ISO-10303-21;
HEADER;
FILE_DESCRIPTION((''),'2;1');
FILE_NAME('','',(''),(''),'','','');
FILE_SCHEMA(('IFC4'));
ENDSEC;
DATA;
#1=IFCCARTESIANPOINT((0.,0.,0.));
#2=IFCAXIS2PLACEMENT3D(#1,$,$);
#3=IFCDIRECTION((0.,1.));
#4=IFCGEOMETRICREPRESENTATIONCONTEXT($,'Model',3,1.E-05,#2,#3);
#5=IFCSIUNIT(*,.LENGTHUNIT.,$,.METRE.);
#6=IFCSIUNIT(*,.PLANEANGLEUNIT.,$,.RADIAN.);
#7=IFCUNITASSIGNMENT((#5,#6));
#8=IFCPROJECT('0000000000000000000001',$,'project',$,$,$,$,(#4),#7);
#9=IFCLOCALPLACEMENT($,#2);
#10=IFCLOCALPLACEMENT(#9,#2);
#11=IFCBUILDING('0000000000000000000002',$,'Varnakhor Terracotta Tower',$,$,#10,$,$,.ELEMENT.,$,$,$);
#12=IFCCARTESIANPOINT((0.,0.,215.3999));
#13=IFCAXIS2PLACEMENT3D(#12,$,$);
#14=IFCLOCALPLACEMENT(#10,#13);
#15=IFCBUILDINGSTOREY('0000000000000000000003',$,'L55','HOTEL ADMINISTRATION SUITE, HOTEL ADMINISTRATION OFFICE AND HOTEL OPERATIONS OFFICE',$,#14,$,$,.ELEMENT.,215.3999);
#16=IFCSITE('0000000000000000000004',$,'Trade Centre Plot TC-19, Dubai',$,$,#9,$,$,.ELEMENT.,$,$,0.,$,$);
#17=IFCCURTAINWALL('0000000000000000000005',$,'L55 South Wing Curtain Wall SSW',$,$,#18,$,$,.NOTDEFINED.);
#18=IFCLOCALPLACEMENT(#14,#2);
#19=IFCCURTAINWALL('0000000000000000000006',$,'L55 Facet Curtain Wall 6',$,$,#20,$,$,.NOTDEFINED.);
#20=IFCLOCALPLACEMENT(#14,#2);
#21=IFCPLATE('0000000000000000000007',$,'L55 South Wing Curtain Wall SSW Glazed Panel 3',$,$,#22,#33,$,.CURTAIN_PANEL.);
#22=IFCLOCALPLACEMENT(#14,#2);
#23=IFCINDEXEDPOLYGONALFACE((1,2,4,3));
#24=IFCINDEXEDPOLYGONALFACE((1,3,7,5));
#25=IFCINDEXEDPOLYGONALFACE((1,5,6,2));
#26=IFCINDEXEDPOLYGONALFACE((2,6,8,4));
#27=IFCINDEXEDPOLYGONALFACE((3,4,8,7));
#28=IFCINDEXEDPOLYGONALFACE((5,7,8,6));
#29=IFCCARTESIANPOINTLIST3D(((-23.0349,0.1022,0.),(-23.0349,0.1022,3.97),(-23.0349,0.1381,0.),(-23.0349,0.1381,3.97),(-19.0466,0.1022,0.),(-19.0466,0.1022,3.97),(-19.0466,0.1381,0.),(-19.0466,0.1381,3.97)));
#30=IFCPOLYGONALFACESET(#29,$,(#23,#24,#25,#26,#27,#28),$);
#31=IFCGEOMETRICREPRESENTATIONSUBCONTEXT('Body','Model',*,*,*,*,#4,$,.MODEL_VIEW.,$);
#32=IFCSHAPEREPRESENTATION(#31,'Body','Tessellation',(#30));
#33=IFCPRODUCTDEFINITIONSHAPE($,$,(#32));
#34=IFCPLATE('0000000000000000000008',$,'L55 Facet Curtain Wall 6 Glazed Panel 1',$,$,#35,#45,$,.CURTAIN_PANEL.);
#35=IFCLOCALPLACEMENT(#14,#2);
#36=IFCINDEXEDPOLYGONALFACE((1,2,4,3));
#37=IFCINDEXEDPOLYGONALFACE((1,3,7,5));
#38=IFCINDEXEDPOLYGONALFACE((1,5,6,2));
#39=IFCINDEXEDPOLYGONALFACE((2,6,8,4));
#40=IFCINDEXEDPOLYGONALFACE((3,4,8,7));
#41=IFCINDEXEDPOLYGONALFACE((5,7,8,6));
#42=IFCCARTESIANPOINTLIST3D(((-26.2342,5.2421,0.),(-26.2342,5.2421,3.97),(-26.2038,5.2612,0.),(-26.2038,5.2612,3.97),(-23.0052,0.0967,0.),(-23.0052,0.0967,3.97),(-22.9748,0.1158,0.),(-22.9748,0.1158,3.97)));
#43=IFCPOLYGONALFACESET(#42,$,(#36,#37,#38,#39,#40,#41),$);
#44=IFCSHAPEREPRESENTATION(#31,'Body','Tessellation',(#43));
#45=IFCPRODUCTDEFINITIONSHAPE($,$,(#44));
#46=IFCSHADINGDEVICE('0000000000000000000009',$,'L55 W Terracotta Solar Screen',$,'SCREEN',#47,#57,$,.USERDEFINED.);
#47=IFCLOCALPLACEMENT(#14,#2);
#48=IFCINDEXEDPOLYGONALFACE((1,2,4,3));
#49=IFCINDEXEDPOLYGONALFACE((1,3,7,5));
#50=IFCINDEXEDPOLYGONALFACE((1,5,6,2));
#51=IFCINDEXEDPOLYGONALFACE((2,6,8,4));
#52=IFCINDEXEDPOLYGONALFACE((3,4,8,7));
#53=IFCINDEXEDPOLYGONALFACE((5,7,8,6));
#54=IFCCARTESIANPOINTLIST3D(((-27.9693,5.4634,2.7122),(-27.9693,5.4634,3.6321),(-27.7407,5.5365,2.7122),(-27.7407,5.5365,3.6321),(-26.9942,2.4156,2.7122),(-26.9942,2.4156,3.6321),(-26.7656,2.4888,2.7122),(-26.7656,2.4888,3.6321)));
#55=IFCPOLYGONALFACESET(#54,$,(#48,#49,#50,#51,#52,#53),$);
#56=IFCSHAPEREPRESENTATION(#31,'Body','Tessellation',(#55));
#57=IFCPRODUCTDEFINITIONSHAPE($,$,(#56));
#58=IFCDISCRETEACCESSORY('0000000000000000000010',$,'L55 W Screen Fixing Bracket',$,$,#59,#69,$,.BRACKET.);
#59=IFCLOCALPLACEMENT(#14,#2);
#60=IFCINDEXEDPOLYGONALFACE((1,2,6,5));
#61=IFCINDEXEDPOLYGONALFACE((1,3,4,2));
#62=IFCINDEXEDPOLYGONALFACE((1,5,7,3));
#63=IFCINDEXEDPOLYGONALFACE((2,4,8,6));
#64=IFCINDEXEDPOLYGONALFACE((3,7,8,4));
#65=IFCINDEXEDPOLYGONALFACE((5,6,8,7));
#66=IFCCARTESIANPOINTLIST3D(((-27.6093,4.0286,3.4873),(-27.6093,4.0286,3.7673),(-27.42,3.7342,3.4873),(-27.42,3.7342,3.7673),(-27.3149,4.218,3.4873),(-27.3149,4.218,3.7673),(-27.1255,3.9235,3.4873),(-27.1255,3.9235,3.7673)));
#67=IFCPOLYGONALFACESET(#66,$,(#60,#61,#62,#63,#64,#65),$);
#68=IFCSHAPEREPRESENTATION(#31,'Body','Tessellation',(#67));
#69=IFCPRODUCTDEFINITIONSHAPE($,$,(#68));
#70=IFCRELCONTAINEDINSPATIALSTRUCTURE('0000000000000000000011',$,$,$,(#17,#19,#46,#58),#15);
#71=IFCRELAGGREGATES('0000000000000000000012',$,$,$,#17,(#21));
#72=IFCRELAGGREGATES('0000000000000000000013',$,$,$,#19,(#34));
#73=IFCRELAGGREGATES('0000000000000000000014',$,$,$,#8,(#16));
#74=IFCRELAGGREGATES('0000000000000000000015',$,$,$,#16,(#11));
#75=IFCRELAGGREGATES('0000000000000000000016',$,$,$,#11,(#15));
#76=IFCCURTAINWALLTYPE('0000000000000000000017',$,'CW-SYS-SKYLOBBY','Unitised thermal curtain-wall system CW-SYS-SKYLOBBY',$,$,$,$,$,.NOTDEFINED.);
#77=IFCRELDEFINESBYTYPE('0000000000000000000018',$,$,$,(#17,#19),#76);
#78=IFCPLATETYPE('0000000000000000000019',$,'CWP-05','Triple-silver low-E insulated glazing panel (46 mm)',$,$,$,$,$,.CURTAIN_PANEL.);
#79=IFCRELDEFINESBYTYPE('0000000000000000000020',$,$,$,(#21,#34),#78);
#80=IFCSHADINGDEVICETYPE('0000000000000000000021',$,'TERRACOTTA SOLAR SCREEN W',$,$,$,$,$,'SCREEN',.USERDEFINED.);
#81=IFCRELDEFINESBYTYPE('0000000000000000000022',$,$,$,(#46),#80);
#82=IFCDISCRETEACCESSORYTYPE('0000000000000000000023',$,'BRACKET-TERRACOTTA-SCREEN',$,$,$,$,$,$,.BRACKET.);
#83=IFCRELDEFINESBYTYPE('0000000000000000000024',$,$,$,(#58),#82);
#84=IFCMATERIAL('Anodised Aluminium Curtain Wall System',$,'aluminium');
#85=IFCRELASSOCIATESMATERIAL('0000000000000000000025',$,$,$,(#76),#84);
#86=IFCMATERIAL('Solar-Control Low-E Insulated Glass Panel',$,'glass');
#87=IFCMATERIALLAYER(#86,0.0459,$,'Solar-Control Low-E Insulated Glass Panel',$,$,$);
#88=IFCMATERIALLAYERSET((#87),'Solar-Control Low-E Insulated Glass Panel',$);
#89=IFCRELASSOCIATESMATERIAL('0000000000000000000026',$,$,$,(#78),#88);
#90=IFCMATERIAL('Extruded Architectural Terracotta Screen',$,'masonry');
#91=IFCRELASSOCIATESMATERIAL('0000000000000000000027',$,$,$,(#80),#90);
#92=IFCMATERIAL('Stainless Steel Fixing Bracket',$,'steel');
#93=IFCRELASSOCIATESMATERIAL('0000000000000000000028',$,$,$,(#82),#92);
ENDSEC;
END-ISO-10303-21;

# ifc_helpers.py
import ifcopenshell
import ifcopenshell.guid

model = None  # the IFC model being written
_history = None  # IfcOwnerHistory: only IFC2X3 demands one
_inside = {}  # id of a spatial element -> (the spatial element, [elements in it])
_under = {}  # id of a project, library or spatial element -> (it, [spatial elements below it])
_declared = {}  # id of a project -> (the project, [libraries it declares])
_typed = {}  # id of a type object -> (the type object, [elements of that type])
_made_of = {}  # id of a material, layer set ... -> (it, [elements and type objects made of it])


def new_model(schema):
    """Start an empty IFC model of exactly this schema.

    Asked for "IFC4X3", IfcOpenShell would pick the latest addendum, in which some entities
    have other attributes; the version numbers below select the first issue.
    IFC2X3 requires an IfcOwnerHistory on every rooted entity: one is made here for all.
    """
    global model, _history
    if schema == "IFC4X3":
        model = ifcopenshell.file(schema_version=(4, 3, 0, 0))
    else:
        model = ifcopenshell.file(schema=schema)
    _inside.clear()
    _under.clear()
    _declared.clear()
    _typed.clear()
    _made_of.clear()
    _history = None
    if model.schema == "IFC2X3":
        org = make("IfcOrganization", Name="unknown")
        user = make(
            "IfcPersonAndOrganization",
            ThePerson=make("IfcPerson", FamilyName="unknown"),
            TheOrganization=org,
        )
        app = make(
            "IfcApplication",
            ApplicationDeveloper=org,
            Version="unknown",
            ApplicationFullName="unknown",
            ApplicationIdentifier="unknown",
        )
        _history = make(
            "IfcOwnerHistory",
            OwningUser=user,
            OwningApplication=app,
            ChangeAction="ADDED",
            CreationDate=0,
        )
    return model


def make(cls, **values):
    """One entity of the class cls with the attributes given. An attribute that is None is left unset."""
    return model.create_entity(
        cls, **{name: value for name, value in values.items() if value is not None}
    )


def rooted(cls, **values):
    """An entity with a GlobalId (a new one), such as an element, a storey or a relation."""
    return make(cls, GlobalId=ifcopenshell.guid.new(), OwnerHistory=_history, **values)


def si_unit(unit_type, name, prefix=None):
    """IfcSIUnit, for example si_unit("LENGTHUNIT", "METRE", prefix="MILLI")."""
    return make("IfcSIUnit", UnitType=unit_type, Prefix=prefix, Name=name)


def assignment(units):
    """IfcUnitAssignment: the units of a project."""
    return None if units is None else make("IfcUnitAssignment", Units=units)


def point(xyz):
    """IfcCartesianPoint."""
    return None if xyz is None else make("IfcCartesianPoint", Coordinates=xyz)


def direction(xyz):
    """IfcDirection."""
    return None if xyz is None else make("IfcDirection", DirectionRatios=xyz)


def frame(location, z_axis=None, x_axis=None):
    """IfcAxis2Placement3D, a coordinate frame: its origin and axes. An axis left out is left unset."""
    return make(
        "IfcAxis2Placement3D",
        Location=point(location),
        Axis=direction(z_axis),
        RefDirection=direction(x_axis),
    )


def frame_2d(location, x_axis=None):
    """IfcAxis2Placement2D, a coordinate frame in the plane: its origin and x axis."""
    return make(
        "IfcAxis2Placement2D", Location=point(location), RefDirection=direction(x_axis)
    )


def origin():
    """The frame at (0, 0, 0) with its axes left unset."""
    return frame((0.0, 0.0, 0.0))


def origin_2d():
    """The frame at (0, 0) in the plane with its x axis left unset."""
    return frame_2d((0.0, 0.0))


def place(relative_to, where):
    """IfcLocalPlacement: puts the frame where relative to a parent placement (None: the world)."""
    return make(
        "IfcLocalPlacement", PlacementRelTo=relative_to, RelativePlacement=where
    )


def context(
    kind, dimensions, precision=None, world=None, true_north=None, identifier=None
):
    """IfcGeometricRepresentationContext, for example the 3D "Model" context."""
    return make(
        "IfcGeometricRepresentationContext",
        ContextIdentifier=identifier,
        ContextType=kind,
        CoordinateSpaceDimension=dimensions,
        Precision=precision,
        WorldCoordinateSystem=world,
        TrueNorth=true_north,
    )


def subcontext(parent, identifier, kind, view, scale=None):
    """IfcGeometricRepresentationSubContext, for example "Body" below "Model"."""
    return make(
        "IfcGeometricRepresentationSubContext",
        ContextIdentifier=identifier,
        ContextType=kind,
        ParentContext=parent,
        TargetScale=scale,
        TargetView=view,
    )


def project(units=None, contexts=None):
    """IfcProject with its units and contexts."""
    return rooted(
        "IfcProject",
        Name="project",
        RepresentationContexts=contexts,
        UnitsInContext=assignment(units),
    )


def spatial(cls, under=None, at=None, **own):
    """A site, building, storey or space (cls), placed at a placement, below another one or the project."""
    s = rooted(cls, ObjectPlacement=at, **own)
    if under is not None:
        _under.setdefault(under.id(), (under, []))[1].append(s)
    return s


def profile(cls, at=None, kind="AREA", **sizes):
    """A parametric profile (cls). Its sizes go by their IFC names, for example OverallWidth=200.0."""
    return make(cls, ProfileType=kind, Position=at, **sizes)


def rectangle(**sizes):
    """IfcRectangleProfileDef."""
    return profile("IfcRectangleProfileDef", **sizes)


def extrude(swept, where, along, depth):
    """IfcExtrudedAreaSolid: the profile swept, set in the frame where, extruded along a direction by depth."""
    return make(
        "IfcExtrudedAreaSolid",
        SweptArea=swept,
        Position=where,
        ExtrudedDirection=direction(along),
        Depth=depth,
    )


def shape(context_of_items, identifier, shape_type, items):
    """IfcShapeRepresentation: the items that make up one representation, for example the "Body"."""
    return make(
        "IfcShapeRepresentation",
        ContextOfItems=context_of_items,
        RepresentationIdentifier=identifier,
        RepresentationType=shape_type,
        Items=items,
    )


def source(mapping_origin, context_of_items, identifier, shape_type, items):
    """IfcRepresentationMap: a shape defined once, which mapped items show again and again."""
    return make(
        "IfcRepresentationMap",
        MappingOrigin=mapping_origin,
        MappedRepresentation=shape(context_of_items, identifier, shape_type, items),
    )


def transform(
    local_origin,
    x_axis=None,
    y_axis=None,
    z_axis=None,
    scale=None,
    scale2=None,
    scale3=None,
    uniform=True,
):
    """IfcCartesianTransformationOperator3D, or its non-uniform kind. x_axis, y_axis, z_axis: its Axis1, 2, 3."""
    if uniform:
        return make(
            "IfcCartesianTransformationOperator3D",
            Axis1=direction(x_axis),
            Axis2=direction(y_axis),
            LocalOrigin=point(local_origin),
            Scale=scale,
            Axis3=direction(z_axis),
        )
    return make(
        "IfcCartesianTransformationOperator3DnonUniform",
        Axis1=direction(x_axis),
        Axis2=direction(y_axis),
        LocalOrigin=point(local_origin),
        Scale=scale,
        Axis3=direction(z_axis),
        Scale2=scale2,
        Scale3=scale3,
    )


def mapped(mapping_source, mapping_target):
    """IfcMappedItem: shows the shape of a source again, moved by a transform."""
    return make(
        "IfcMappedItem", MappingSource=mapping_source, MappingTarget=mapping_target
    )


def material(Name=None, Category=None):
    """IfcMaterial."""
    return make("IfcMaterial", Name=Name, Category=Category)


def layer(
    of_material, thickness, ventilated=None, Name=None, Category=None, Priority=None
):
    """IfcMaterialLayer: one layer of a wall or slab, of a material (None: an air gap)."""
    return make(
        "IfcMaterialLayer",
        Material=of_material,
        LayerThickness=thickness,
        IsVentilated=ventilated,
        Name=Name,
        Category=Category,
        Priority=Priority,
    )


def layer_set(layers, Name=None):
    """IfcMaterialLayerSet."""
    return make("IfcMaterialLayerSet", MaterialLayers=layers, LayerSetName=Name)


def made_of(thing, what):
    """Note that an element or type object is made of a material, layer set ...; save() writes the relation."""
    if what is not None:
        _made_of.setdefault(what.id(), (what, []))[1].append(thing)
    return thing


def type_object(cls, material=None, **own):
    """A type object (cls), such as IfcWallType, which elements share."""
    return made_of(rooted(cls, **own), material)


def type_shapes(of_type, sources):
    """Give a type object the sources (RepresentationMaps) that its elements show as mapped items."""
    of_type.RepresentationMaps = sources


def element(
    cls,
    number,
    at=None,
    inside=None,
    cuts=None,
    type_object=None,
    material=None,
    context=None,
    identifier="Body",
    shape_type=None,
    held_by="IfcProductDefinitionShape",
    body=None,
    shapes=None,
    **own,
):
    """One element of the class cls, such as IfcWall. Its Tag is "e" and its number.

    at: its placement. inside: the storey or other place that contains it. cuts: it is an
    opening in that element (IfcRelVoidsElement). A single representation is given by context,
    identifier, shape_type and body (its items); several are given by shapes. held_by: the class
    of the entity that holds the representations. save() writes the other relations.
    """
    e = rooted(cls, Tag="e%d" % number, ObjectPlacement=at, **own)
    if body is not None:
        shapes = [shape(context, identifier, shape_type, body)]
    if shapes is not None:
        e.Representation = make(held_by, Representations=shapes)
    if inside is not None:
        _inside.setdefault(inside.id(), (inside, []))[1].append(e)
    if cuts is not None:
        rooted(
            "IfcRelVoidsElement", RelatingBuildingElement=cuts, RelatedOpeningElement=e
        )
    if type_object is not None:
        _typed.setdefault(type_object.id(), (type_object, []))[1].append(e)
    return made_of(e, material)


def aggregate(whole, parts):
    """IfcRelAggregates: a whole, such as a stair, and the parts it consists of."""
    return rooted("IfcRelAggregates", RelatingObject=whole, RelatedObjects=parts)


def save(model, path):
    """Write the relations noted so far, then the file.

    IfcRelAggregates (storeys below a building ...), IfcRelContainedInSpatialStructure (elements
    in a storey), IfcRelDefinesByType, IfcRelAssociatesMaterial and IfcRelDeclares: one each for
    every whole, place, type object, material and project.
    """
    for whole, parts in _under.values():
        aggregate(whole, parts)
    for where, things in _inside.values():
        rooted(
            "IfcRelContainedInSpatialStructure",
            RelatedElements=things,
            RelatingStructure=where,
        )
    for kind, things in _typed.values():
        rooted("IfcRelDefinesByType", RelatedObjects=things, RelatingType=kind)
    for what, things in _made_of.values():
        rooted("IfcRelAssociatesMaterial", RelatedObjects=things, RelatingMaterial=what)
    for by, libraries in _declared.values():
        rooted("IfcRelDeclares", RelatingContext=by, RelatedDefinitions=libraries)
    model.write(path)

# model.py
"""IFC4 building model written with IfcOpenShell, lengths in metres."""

from ifc_helpers import new_model, si_unit, direction, frame, origin, origin_2d, place, context, subcontext, project, spatial, rectangle, extrude, source, transform, mapped, material, layer, layer_set, type_object, type_shapes, element, aggregate, save


model = new_model("IFC4")

# Units and contexts
model_context = context("Model", 3, precision=1e-05, world=origin(), true_north=direction((0.0, 1.0)))
body_context = subcontext(model_context, "Body", "Model", "MODEL_VIEW")
ifc_project = project(units=[si_unit("LENGTHUNIT", "METRE"), si_unit("PLANEANGLEUNIT", "RADIAN")], contexts=[model_context])

# Site, building, storey
site_placement = place(None, origin())
site = spatial("IfcSite", under=ifc_project, at=site_placement, Name="Trade Centre Plot TC-19, Dubai", CompositionType="ELEMENT", RefElevation=0.0)
building_placement = place(site_placement, origin())
building = spatial("IfcBuilding", under=site, at=building_placement, Name="Varnakhor Terracotta Tower", CompositionType="ELEMENT")
storey_placement = place(building_placement, frame((0.0, 0.0, 215.3999)))
storey = spatial("IfcBuildingStorey", under=building, at=storey_placement, Name="L55", Description="HOTEL ADMINISTRATION SUITE, HOTEL ADMINISTRATION OFFICE AND HOTEL OPERATIONS OFFICE", CompositionType="ELEMENT", Elevation=215.3999)

# Curtain wall
ifc_material_1 = material(Name="Anodised Aluminium Curtain Wall System", Category="aluminium")
curtain_wall_type = type_object("IfcCurtainWallType", Name="CW-SYS-SKYLOBBY", Description="Unitised thermal curtain-wall system CW-SYS-SKYLOBBY", PredefinedType="NOTDEFINED", material=ifc_material_1)
curtain_wall_1_placement = place(storey_placement, origin())
curtain_wall_1 = element("IfcCurtainWall", 1, at=curtain_wall_1_placement, inside=storey, type_object=curtain_wall_type, Name="L55 South Wing Curtain Wall SSW", PredefinedType="NOTDEFINED")

# Curtain wall
curtain_wall_2_placement = place(storey_placement, origin())
curtain_wall_2 = element("IfcCurtainWall", 2, at=curtain_wall_2_placement, inside=storey, type_object=curtain_wall_type, Name="L55 Facet Curtain Wall 6", PredefinedType="NOTDEFINED")

# Plates
ifc_material_2 = material(Name="Solar-Control Low-E Insulated Glass Panel", Category="glass")
ifc_layer = layer(ifc_material_2, 0.0459, Name="Solar-Control Low-E Insulated Glass Panel")
ifc_layer_set = layer_set([ifc_layer], Name="Solar-Control Low-E Insulated Glass Panel")
plate_type = type_object("IfcPlateType", Name="CWP-05", Description="Triple-silver low-E insulated glazing panel (46 mm)", PredefinedType="CURTAIN_PANEL", material=ifc_layer_set)
shared_shape_1 = source(origin(), body_context, "Body", "SweptSolid", [
    extrude(rectangle(XDim=3.9883, YDim=0.0359, at=origin_2d()), origin(), (0.0, 0.0, 1.0), 3.97),
])
plate_1_placement = place(storey_placement, frame((-21.0408, 0.1201, 0.0), z_axis=(0.0, 0.0, 1.0), x_axis=(-1.0, 0.0, 0.0)))
plate_1 = element("IfcPlate", 3, at=plate_1_placement, type_object=plate_type, Name="L55 South Wing Curtain Wall SSW Glazed Panel 3", PredefinedType="CURTAIN_PANEL", context=body_context, shape_type="MappedRepresentation", body=[
    mapped(shared_shape_1, transform((0.0, 0.0, 0.0), scale=1.0)),
])
aggregate(curtain_wall_1, [plate_1])
shared_shape_2 = source(origin(), body_context, "Body", "SweptSolid", [
    extrude(rectangle(XDim=6.0747, YDim=0.0359, at=origin_2d()), origin(), (0.0, 0.0, 1.0), 3.97),
])
plate_2_placement = place(storey_placement, frame((-24.6045, 2.679, 0.0), z_axis=(0.0, 0.0, 1.0), x_axis=(-0.531546, 0.847029, 0.0)))
plate_2 = element("IfcPlate", 4, at=plate_2_placement, type_object=plate_type, Name="L55 Facet Curtain Wall 6 Glazed Panel 1", PredefinedType="CURTAIN_PANEL", context=body_context, shape_type="MappedRepresentation", body=[
    mapped(shared_shape_2, transform((0.0, 0.0, 0.0), scale=1.0)),
])
aggregate(curtain_wall_2, [plate_2])

# Shading device
ifc_material_3 = material(Name="Extruded Architectural Terracotta Screen", Category="masonry")
shading_device_type = type_object("IfcShadingDeviceType", Name="TERRACOTTA SOLAR SCREEN W", ElementType="SCREEN", PredefinedType="USERDEFINED", material=ifc_material_3)
shared_shape_3 = source(origin(), body_context, "Body", "SweptSolid", [
    extrude(rectangle(XDim=3.2, YDim=0.24, at=origin_2d()), origin(), (0.0, 0.0, 1.0), 0.9199),
])
type_shapes(shading_device_type, [shared_shape_3])
shading_device_placement = place(storey_placement, frame((-27.3674, 3.9761, 2.7122), z_axis=(0.0, 0.0, 1.0), x_axis=(0.304715, -0.952444, 0.0)))
element("IfcShadingDevice", 5, at=shading_device_placement, inside=storey, type_object=shading_device_type, Name="L55 W Terracotta Solar Screen", ObjectType="SCREEN", PredefinedType="USERDEFINED", context=body_context, shape_type="MappedRepresentation", body=[
    mapped(shared_shape_3, transform((0.0, 0.0, 0.0), scale=1.0)),
])

# Discrete accessory
ifc_material_4 = material(Name="Stainless Steel Fixing Bracket", Category="steel")
discrete_accessory_type = type_object("IfcDiscreteAccessoryType", Name="BRACKET-TERRACOTTA-SCREEN", PredefinedType="BRACKET", material=ifc_material_4)
shared_shape_4 = source(origin(), body_context, "Body", "SweptSolid", [
    extrude(rectangle(XDim=0.3501, YDim=0.3501, at=origin_2d()), origin(), (0.0, 0.0, 1.0), 0.28),
])
type_shapes(discrete_accessory_type, [shared_shape_4])
discrete_accessory_placement = place(storey_placement, frame((-27.3674, 3.9761, 3.4873), z_axis=(0.0, 0.0, 1.0), x_axis=(0.540842, -0.841124, 0.0)))
element("IfcDiscreteAccessory", 6, at=discrete_accessory_placement, inside=storey, type_object=discrete_accessory_type, Name="L55 W Screen Fixing Bracket", PredefinedType="BRACKET", context=body_context, shape_type="MappedRepresentation", body=[
    mapped(shared_shape_4, transform((0.0, 0.0, 0.0), scale=1.0)),
])

save(model, "model.ifc")
